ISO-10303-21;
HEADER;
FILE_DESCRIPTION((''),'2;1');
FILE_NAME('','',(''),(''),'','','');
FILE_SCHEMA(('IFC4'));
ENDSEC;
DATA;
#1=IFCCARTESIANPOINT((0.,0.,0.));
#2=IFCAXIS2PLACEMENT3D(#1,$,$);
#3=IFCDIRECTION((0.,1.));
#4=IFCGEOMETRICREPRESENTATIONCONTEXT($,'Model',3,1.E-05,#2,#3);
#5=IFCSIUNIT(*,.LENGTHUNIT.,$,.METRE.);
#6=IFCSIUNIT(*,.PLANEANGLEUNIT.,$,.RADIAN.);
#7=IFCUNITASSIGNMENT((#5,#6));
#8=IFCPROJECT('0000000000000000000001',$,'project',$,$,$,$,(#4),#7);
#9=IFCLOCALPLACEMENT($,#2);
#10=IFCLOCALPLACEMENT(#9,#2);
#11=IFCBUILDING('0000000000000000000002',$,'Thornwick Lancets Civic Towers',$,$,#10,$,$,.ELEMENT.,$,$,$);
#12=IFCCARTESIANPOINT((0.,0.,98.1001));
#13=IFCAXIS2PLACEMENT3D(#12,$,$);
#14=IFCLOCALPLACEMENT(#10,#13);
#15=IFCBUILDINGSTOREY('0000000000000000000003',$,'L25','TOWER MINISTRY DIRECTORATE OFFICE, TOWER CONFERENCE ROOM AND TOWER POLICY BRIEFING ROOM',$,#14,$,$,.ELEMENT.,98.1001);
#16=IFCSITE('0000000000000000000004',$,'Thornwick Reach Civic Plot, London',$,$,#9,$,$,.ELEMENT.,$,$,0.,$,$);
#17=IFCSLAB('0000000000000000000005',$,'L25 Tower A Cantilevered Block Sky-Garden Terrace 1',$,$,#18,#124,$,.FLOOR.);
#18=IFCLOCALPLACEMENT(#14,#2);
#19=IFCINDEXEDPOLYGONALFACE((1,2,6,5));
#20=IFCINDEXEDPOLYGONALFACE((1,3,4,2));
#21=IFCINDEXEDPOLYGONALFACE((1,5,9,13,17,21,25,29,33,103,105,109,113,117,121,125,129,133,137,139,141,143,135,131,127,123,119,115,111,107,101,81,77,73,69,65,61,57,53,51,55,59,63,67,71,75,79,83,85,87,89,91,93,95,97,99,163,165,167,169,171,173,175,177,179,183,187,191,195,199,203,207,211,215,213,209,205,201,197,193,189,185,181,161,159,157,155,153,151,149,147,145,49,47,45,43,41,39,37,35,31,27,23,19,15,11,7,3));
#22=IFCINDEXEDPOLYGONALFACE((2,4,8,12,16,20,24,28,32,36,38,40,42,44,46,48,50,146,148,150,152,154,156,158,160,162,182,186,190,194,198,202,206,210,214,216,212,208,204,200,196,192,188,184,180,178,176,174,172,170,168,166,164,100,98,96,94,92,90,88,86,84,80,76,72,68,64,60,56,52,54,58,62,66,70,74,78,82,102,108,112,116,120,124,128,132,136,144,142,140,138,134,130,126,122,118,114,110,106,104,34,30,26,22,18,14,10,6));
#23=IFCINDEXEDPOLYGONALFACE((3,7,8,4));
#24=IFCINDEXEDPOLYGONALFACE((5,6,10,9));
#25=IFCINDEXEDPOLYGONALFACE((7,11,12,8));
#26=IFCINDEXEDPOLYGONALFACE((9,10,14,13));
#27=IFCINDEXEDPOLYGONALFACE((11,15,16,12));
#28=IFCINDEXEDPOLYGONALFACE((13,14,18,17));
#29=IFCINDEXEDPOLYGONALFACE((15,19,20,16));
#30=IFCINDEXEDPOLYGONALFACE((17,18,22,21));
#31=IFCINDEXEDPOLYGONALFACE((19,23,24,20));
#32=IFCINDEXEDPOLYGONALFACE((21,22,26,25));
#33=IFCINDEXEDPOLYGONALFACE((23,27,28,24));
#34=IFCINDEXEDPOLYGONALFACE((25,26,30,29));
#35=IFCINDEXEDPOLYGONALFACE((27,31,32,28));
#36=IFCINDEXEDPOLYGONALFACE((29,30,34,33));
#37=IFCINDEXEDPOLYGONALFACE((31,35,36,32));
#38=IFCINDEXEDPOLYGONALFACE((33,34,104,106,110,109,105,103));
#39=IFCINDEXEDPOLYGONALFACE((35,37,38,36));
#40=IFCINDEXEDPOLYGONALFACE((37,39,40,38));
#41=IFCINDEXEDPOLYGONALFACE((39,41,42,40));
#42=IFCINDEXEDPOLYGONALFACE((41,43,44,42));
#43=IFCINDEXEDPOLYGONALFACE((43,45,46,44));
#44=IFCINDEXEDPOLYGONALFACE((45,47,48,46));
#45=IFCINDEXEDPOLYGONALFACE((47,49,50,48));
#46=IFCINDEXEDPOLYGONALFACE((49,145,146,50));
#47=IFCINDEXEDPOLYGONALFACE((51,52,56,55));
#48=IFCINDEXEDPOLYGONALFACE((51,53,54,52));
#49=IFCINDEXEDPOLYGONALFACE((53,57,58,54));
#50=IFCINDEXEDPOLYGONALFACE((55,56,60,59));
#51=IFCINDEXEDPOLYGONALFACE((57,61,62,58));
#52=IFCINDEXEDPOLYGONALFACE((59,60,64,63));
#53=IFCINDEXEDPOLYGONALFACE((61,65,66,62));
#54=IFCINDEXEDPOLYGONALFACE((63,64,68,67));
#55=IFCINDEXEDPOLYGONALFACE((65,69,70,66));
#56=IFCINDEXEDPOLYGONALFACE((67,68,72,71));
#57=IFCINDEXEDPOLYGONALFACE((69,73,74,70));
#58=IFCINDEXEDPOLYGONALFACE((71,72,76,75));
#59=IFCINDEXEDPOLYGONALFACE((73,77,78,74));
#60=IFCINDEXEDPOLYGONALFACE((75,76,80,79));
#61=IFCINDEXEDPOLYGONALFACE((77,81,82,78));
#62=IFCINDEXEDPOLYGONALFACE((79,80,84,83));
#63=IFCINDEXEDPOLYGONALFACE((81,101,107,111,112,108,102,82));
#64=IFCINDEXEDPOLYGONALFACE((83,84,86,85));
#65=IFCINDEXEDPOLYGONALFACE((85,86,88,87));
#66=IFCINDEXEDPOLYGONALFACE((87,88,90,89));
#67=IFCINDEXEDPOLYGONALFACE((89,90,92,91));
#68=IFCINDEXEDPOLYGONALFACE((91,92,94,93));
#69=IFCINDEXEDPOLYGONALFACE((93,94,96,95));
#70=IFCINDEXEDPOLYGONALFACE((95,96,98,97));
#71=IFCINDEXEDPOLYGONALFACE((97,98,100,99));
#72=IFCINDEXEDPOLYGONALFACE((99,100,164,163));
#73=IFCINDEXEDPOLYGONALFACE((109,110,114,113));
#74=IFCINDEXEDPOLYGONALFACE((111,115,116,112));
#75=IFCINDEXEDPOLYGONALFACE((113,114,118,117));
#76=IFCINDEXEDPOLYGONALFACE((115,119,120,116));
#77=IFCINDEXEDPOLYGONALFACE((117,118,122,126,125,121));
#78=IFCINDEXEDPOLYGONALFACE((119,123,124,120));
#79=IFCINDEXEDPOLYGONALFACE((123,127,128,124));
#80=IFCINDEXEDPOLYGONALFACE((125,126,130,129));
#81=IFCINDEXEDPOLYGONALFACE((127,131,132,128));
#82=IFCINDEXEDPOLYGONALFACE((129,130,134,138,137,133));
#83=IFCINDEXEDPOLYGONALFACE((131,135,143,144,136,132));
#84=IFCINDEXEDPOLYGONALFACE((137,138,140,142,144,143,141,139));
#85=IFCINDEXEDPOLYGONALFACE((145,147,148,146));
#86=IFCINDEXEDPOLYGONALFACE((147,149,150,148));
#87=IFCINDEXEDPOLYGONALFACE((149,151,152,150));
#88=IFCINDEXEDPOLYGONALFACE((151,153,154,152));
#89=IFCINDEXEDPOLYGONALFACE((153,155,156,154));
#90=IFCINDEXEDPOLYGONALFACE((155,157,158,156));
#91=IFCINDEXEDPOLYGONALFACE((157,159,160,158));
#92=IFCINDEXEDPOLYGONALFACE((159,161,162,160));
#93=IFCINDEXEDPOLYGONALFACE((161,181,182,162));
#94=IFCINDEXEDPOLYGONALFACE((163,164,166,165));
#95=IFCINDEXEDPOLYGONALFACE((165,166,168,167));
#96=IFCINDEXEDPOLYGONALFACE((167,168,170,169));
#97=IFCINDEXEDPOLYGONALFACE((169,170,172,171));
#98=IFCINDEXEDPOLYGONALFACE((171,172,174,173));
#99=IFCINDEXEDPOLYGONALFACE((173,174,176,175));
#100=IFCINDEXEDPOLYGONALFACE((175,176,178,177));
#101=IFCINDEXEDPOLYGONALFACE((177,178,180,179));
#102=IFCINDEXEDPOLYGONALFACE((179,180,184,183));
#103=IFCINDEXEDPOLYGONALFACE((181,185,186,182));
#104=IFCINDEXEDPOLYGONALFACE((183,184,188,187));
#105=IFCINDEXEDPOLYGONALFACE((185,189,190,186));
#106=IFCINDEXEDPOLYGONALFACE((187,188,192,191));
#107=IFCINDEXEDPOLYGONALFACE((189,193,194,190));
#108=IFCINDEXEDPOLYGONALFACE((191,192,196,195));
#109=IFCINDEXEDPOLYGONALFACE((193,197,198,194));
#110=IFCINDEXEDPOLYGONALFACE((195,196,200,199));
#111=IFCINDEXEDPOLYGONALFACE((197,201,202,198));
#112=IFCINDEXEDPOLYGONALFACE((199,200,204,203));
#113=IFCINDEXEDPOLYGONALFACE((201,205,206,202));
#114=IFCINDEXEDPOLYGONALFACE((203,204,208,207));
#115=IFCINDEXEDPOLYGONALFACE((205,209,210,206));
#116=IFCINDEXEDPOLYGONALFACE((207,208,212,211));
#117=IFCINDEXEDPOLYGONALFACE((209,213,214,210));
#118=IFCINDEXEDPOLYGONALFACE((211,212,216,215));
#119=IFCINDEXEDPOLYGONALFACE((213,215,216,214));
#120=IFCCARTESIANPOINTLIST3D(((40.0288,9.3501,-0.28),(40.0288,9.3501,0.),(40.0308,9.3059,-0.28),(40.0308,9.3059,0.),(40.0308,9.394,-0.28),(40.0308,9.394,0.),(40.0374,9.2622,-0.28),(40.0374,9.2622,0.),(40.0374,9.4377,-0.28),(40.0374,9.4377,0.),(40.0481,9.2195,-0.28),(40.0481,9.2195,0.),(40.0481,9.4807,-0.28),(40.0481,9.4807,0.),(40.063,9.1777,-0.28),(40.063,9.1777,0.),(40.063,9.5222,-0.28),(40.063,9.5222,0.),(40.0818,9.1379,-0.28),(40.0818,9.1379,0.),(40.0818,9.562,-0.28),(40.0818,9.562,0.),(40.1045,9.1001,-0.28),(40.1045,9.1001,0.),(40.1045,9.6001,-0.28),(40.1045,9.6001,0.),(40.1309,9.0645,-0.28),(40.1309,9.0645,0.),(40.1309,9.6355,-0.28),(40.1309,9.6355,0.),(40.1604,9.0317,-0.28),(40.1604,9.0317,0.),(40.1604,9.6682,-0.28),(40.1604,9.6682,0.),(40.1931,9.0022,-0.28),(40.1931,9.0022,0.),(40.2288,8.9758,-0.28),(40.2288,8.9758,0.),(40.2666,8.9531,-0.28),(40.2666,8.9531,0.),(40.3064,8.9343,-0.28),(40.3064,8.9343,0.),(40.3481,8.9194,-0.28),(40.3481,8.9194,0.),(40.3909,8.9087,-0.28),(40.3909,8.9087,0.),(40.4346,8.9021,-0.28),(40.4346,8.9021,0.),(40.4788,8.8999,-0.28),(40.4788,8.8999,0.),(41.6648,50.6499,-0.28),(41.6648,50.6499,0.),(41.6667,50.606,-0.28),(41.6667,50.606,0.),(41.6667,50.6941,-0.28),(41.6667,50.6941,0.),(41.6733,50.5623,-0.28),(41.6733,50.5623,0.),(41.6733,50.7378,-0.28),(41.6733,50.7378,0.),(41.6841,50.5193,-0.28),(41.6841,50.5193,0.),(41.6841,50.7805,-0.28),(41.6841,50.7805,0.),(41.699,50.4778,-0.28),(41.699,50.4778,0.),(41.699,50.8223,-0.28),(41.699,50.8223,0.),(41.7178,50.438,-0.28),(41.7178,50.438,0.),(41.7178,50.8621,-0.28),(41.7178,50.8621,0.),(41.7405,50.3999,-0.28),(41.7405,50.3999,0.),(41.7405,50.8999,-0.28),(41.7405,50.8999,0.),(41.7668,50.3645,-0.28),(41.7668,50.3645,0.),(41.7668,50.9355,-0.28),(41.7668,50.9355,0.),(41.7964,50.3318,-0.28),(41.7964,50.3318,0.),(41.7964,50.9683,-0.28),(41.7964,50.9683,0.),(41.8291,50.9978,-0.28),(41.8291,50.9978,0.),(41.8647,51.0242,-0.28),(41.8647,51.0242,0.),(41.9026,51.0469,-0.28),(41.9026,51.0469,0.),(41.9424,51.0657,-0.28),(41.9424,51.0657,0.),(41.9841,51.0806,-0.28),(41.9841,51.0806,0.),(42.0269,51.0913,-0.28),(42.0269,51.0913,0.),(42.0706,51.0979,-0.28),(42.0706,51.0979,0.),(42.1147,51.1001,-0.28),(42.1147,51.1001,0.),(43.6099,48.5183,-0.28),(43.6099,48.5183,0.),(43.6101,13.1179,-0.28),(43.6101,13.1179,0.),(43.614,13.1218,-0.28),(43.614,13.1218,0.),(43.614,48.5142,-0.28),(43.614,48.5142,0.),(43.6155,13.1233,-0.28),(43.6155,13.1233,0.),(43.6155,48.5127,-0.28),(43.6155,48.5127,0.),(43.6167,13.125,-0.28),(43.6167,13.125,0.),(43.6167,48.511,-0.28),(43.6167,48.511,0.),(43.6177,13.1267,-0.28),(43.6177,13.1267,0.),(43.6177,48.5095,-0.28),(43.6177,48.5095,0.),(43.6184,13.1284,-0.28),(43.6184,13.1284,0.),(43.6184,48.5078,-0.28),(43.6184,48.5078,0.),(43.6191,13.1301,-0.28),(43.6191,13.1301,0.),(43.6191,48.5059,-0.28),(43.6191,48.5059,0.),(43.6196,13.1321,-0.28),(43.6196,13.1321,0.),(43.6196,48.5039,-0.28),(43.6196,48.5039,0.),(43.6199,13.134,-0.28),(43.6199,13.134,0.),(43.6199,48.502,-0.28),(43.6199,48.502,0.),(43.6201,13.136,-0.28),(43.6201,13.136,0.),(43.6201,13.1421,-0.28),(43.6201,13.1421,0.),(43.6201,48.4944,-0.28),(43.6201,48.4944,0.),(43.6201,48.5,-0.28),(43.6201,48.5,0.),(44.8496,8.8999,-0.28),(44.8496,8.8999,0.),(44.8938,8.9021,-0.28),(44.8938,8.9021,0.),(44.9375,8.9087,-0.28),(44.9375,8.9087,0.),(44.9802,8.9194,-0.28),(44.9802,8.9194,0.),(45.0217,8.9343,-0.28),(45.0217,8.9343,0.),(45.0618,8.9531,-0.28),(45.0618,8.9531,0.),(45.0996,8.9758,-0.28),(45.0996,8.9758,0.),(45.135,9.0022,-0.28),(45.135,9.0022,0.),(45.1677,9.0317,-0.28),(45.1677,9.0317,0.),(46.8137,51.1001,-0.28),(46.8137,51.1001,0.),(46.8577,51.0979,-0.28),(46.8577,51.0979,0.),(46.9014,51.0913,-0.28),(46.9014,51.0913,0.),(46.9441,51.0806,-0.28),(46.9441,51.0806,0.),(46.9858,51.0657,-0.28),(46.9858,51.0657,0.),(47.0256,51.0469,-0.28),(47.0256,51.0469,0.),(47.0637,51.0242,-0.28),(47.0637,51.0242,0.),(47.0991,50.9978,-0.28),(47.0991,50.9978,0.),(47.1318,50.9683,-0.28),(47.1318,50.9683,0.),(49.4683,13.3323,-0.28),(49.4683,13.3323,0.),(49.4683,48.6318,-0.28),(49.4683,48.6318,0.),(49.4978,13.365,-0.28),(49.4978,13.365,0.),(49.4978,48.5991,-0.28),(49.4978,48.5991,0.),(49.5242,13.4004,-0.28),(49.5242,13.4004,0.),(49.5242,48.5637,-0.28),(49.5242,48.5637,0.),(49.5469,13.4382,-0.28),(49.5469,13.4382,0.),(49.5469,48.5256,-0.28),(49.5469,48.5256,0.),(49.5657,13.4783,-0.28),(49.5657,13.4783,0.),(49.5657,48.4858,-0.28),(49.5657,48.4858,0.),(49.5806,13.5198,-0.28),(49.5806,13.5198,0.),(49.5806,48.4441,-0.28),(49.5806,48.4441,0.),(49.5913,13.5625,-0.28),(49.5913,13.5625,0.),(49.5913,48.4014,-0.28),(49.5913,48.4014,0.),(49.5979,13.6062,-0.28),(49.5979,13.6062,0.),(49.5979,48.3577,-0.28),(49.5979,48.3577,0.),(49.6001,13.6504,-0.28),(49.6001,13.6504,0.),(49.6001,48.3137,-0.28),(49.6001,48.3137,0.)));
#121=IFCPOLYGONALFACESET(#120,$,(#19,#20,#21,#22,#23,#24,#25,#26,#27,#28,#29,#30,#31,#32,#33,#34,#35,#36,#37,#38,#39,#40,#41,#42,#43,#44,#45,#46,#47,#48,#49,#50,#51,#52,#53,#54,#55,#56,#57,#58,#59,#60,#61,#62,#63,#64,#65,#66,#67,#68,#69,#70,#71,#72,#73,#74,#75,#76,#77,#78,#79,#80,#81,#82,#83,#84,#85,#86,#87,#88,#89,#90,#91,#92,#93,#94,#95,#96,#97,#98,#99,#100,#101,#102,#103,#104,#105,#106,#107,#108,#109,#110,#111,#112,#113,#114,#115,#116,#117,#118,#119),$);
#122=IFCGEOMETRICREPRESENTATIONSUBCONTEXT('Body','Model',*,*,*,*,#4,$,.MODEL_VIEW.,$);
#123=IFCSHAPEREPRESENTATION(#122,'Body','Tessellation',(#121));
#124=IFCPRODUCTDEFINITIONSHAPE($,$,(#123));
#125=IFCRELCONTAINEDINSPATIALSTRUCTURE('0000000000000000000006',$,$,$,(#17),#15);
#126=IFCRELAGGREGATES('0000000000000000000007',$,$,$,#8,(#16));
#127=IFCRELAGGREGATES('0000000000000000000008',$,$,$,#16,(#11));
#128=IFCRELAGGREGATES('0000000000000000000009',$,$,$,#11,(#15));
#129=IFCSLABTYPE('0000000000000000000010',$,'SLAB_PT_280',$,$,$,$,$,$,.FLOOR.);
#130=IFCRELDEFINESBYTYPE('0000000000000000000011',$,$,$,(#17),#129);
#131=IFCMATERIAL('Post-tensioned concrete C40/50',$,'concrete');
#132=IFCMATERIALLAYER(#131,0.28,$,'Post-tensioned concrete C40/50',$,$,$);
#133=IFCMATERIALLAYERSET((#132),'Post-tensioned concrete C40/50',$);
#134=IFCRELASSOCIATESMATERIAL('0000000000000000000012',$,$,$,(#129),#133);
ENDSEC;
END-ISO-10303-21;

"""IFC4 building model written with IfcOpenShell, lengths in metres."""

from ifc_helpers import new_model, si_unit, direction, frame, origin, place, context, subcontext, project, spatial, polyline, outline, extrude, material, layer, layer_set, type_object, element, save


model = new_model("IFC4")

# Units and contexts
model_context = context("Model", 3, precision=1e-05, world=origin(), true_north=direction((0.0, 1.0)))
body_context = subcontext(model_context, "Body", "Model", "MODEL_VIEW")
ifc_project = project(units=[si_unit("LENGTHUNIT", "METRE"), si_unit("PLANEANGLEUNIT", "RADIAN")], contexts=[model_context])

# Site, building, storey
site_placement = place(None, origin())
site = spatial("IfcSite", under=ifc_project, at=site_placement, Name="Thornwick Reach Civic Plot, London", CompositionType="ELEMENT", RefElevation=0.0)
building_placement = place(site_placement, origin())
building = spatial("IfcBuilding", under=site, at=building_placement, Name="Thornwick Lancets Civic Towers", CompositionType="ELEMENT")
storey_placement = place(building_placement, frame((0.0, 0.0, 98.1001)))
storey = spatial("IfcBuildingStorey", under=building, at=storey_placement, Name="L25", Description="TOWER MINISTRY DIRECTORATE OFFICE, TOWER CONFERENCE ROOM AND TOWER POLICY BRIEFING ROOM", CompositionType="ELEMENT", Elevation=98.1001)

# Slab
ifc_material_1 = material(Name="Post-tensioned concrete C40/50", Category="concrete")
ifc_layer_1 = layer(ifc_material_1, 0.28, Name="Post-tensioned concrete C40/50")
ifc_layer_set_1 = layer_set([ifc_layer_1], Name="Post-tensioned concrete C40/50")
slab_type_1 = type_object("IfcSlabType", Name="SLAB_PT_280", PredefinedType="FLOOR", material=ifc_layer_set_1)
slab_1_placement = place(storey_placement, frame((0.0, 0.0, -0.28)))
element("IfcSlab", 1, at=slab_1_placement, inside=storey, type_object=slab_type_1, Name="L25 Tower A Cantilevered Block Sky-Garden Terrace 1", PredefinedType="FLOOR", context=body_context, shape_type="SweptSolid", body=[
    extrude(outline(polyline([(46.8577, 51.0979), (46.9014, 51.0913), (46.9441, 51.0806), (46.9858, 51.0657), (47.0256, 51.0469), (47.0637, 51.0242), (47.0991, 50.9978), (47.1318, 50.9683), (49.4683, 48.6318), (49.4978, 48.5991), (49.5242, 48.5637), (49.5469, 48.5256), (49.5657, 48.4858), (49.5806, 48.4441), (49.5913, 48.4014), (49.5979, 48.3577), (49.6001, 48.3137), (49.6001, 13.6504), (49.5979, 13.6062), (49.5913, 13.5625), (49.5806, 13.5198), (49.5657, 13.4783), (49.5469, 13.4382), (49.5242, 13.4004), (49.4978, 13.365), (49.4683, 13.3323), (45.1677, 9.0317), (45.135, 9.0022), (45.0996, 8.9758), (45.0618, 8.9531), (45.0217, 8.9343), (44.9802, 8.9194), (44.9375, 8.9087), (44.8938, 8.9021), (44.8496, 8.8999), (40.4788, 8.8999), (40.4346, 8.9021), (40.3909, 8.9087), (40.3481, 8.9194), (40.3064, 8.9343), (40.2666, 8.9531), (40.2288, 8.9758), (40.1931, 9.0022), (40.1604, 9.0317), (40.1309, 9.0645), (40.1045, 9.1001), (40.0818, 9.1379), (40.063, 9.1777), (40.0481, 9.2195), (40.0374, 9.2622), (40.0308, 9.3059), (40.0288, 9.3501), (40.0308, 9.394), (40.0374, 9.4377), (40.0481, 9.4807), (40.063, 9.5222), (40.0818, 9.562), (40.1045, 9.6001), (40.1309, 9.6355), (40.1604, 9.6682), (43.6101, 13.1179), (43.6101, 13.1179), (43.614, 13.1218), (43.6155, 13.1233), (43.6167, 13.125), (43.6177, 13.1267), (43.6184, 13.1284), (43.6191, 13.1301), (43.6196, 13.1321), (43.6199, 13.134), (43.6201, 13.136), (43.6201, 13.1421), (43.6201, 48.4944), (43.6201, 48.5), (43.6199, 48.502), (43.6196, 48.5039), (43.6191, 48.5059), (43.6184, 48.5078), (43.6177, 48.5095), (43.6167, 48.511), (43.6155, 48.5127), (43.614, 48.5142), (43.6099, 48.5183), (41.7964, 50.3318), (41.7668, 50.3645), (41.7405, 50.3999), (41.7178, 50.438), (41.699, 50.4778), (41.6841, 50.5193), (41.6733, 50.5623), (41.6667, 50.606), (41.6648, 50.6499), (41.6667, 50.6941), (41.6733, 50.7378), (41.6841, 50.7805), (41.699, 50.8223), (41.7178, 50.8621), (41.7405, 50.8999), (41.7668, 50.9355), (41.7964, 50.9683), (41.8291, 50.9978), (41.8647, 51.0242), (41.9026, 51.0469), (41.9424, 51.0657), (41.9841, 51.0806), (42.0269, 51.0913), (42.0706, 51.0979), (42.1147, 51.1001), (46.8137, 51.1001), (46.8577, 51.0979)])), origin(), (0.0, 0.0, 1.0), 0.28),
])

save(model, "model.ifc")
